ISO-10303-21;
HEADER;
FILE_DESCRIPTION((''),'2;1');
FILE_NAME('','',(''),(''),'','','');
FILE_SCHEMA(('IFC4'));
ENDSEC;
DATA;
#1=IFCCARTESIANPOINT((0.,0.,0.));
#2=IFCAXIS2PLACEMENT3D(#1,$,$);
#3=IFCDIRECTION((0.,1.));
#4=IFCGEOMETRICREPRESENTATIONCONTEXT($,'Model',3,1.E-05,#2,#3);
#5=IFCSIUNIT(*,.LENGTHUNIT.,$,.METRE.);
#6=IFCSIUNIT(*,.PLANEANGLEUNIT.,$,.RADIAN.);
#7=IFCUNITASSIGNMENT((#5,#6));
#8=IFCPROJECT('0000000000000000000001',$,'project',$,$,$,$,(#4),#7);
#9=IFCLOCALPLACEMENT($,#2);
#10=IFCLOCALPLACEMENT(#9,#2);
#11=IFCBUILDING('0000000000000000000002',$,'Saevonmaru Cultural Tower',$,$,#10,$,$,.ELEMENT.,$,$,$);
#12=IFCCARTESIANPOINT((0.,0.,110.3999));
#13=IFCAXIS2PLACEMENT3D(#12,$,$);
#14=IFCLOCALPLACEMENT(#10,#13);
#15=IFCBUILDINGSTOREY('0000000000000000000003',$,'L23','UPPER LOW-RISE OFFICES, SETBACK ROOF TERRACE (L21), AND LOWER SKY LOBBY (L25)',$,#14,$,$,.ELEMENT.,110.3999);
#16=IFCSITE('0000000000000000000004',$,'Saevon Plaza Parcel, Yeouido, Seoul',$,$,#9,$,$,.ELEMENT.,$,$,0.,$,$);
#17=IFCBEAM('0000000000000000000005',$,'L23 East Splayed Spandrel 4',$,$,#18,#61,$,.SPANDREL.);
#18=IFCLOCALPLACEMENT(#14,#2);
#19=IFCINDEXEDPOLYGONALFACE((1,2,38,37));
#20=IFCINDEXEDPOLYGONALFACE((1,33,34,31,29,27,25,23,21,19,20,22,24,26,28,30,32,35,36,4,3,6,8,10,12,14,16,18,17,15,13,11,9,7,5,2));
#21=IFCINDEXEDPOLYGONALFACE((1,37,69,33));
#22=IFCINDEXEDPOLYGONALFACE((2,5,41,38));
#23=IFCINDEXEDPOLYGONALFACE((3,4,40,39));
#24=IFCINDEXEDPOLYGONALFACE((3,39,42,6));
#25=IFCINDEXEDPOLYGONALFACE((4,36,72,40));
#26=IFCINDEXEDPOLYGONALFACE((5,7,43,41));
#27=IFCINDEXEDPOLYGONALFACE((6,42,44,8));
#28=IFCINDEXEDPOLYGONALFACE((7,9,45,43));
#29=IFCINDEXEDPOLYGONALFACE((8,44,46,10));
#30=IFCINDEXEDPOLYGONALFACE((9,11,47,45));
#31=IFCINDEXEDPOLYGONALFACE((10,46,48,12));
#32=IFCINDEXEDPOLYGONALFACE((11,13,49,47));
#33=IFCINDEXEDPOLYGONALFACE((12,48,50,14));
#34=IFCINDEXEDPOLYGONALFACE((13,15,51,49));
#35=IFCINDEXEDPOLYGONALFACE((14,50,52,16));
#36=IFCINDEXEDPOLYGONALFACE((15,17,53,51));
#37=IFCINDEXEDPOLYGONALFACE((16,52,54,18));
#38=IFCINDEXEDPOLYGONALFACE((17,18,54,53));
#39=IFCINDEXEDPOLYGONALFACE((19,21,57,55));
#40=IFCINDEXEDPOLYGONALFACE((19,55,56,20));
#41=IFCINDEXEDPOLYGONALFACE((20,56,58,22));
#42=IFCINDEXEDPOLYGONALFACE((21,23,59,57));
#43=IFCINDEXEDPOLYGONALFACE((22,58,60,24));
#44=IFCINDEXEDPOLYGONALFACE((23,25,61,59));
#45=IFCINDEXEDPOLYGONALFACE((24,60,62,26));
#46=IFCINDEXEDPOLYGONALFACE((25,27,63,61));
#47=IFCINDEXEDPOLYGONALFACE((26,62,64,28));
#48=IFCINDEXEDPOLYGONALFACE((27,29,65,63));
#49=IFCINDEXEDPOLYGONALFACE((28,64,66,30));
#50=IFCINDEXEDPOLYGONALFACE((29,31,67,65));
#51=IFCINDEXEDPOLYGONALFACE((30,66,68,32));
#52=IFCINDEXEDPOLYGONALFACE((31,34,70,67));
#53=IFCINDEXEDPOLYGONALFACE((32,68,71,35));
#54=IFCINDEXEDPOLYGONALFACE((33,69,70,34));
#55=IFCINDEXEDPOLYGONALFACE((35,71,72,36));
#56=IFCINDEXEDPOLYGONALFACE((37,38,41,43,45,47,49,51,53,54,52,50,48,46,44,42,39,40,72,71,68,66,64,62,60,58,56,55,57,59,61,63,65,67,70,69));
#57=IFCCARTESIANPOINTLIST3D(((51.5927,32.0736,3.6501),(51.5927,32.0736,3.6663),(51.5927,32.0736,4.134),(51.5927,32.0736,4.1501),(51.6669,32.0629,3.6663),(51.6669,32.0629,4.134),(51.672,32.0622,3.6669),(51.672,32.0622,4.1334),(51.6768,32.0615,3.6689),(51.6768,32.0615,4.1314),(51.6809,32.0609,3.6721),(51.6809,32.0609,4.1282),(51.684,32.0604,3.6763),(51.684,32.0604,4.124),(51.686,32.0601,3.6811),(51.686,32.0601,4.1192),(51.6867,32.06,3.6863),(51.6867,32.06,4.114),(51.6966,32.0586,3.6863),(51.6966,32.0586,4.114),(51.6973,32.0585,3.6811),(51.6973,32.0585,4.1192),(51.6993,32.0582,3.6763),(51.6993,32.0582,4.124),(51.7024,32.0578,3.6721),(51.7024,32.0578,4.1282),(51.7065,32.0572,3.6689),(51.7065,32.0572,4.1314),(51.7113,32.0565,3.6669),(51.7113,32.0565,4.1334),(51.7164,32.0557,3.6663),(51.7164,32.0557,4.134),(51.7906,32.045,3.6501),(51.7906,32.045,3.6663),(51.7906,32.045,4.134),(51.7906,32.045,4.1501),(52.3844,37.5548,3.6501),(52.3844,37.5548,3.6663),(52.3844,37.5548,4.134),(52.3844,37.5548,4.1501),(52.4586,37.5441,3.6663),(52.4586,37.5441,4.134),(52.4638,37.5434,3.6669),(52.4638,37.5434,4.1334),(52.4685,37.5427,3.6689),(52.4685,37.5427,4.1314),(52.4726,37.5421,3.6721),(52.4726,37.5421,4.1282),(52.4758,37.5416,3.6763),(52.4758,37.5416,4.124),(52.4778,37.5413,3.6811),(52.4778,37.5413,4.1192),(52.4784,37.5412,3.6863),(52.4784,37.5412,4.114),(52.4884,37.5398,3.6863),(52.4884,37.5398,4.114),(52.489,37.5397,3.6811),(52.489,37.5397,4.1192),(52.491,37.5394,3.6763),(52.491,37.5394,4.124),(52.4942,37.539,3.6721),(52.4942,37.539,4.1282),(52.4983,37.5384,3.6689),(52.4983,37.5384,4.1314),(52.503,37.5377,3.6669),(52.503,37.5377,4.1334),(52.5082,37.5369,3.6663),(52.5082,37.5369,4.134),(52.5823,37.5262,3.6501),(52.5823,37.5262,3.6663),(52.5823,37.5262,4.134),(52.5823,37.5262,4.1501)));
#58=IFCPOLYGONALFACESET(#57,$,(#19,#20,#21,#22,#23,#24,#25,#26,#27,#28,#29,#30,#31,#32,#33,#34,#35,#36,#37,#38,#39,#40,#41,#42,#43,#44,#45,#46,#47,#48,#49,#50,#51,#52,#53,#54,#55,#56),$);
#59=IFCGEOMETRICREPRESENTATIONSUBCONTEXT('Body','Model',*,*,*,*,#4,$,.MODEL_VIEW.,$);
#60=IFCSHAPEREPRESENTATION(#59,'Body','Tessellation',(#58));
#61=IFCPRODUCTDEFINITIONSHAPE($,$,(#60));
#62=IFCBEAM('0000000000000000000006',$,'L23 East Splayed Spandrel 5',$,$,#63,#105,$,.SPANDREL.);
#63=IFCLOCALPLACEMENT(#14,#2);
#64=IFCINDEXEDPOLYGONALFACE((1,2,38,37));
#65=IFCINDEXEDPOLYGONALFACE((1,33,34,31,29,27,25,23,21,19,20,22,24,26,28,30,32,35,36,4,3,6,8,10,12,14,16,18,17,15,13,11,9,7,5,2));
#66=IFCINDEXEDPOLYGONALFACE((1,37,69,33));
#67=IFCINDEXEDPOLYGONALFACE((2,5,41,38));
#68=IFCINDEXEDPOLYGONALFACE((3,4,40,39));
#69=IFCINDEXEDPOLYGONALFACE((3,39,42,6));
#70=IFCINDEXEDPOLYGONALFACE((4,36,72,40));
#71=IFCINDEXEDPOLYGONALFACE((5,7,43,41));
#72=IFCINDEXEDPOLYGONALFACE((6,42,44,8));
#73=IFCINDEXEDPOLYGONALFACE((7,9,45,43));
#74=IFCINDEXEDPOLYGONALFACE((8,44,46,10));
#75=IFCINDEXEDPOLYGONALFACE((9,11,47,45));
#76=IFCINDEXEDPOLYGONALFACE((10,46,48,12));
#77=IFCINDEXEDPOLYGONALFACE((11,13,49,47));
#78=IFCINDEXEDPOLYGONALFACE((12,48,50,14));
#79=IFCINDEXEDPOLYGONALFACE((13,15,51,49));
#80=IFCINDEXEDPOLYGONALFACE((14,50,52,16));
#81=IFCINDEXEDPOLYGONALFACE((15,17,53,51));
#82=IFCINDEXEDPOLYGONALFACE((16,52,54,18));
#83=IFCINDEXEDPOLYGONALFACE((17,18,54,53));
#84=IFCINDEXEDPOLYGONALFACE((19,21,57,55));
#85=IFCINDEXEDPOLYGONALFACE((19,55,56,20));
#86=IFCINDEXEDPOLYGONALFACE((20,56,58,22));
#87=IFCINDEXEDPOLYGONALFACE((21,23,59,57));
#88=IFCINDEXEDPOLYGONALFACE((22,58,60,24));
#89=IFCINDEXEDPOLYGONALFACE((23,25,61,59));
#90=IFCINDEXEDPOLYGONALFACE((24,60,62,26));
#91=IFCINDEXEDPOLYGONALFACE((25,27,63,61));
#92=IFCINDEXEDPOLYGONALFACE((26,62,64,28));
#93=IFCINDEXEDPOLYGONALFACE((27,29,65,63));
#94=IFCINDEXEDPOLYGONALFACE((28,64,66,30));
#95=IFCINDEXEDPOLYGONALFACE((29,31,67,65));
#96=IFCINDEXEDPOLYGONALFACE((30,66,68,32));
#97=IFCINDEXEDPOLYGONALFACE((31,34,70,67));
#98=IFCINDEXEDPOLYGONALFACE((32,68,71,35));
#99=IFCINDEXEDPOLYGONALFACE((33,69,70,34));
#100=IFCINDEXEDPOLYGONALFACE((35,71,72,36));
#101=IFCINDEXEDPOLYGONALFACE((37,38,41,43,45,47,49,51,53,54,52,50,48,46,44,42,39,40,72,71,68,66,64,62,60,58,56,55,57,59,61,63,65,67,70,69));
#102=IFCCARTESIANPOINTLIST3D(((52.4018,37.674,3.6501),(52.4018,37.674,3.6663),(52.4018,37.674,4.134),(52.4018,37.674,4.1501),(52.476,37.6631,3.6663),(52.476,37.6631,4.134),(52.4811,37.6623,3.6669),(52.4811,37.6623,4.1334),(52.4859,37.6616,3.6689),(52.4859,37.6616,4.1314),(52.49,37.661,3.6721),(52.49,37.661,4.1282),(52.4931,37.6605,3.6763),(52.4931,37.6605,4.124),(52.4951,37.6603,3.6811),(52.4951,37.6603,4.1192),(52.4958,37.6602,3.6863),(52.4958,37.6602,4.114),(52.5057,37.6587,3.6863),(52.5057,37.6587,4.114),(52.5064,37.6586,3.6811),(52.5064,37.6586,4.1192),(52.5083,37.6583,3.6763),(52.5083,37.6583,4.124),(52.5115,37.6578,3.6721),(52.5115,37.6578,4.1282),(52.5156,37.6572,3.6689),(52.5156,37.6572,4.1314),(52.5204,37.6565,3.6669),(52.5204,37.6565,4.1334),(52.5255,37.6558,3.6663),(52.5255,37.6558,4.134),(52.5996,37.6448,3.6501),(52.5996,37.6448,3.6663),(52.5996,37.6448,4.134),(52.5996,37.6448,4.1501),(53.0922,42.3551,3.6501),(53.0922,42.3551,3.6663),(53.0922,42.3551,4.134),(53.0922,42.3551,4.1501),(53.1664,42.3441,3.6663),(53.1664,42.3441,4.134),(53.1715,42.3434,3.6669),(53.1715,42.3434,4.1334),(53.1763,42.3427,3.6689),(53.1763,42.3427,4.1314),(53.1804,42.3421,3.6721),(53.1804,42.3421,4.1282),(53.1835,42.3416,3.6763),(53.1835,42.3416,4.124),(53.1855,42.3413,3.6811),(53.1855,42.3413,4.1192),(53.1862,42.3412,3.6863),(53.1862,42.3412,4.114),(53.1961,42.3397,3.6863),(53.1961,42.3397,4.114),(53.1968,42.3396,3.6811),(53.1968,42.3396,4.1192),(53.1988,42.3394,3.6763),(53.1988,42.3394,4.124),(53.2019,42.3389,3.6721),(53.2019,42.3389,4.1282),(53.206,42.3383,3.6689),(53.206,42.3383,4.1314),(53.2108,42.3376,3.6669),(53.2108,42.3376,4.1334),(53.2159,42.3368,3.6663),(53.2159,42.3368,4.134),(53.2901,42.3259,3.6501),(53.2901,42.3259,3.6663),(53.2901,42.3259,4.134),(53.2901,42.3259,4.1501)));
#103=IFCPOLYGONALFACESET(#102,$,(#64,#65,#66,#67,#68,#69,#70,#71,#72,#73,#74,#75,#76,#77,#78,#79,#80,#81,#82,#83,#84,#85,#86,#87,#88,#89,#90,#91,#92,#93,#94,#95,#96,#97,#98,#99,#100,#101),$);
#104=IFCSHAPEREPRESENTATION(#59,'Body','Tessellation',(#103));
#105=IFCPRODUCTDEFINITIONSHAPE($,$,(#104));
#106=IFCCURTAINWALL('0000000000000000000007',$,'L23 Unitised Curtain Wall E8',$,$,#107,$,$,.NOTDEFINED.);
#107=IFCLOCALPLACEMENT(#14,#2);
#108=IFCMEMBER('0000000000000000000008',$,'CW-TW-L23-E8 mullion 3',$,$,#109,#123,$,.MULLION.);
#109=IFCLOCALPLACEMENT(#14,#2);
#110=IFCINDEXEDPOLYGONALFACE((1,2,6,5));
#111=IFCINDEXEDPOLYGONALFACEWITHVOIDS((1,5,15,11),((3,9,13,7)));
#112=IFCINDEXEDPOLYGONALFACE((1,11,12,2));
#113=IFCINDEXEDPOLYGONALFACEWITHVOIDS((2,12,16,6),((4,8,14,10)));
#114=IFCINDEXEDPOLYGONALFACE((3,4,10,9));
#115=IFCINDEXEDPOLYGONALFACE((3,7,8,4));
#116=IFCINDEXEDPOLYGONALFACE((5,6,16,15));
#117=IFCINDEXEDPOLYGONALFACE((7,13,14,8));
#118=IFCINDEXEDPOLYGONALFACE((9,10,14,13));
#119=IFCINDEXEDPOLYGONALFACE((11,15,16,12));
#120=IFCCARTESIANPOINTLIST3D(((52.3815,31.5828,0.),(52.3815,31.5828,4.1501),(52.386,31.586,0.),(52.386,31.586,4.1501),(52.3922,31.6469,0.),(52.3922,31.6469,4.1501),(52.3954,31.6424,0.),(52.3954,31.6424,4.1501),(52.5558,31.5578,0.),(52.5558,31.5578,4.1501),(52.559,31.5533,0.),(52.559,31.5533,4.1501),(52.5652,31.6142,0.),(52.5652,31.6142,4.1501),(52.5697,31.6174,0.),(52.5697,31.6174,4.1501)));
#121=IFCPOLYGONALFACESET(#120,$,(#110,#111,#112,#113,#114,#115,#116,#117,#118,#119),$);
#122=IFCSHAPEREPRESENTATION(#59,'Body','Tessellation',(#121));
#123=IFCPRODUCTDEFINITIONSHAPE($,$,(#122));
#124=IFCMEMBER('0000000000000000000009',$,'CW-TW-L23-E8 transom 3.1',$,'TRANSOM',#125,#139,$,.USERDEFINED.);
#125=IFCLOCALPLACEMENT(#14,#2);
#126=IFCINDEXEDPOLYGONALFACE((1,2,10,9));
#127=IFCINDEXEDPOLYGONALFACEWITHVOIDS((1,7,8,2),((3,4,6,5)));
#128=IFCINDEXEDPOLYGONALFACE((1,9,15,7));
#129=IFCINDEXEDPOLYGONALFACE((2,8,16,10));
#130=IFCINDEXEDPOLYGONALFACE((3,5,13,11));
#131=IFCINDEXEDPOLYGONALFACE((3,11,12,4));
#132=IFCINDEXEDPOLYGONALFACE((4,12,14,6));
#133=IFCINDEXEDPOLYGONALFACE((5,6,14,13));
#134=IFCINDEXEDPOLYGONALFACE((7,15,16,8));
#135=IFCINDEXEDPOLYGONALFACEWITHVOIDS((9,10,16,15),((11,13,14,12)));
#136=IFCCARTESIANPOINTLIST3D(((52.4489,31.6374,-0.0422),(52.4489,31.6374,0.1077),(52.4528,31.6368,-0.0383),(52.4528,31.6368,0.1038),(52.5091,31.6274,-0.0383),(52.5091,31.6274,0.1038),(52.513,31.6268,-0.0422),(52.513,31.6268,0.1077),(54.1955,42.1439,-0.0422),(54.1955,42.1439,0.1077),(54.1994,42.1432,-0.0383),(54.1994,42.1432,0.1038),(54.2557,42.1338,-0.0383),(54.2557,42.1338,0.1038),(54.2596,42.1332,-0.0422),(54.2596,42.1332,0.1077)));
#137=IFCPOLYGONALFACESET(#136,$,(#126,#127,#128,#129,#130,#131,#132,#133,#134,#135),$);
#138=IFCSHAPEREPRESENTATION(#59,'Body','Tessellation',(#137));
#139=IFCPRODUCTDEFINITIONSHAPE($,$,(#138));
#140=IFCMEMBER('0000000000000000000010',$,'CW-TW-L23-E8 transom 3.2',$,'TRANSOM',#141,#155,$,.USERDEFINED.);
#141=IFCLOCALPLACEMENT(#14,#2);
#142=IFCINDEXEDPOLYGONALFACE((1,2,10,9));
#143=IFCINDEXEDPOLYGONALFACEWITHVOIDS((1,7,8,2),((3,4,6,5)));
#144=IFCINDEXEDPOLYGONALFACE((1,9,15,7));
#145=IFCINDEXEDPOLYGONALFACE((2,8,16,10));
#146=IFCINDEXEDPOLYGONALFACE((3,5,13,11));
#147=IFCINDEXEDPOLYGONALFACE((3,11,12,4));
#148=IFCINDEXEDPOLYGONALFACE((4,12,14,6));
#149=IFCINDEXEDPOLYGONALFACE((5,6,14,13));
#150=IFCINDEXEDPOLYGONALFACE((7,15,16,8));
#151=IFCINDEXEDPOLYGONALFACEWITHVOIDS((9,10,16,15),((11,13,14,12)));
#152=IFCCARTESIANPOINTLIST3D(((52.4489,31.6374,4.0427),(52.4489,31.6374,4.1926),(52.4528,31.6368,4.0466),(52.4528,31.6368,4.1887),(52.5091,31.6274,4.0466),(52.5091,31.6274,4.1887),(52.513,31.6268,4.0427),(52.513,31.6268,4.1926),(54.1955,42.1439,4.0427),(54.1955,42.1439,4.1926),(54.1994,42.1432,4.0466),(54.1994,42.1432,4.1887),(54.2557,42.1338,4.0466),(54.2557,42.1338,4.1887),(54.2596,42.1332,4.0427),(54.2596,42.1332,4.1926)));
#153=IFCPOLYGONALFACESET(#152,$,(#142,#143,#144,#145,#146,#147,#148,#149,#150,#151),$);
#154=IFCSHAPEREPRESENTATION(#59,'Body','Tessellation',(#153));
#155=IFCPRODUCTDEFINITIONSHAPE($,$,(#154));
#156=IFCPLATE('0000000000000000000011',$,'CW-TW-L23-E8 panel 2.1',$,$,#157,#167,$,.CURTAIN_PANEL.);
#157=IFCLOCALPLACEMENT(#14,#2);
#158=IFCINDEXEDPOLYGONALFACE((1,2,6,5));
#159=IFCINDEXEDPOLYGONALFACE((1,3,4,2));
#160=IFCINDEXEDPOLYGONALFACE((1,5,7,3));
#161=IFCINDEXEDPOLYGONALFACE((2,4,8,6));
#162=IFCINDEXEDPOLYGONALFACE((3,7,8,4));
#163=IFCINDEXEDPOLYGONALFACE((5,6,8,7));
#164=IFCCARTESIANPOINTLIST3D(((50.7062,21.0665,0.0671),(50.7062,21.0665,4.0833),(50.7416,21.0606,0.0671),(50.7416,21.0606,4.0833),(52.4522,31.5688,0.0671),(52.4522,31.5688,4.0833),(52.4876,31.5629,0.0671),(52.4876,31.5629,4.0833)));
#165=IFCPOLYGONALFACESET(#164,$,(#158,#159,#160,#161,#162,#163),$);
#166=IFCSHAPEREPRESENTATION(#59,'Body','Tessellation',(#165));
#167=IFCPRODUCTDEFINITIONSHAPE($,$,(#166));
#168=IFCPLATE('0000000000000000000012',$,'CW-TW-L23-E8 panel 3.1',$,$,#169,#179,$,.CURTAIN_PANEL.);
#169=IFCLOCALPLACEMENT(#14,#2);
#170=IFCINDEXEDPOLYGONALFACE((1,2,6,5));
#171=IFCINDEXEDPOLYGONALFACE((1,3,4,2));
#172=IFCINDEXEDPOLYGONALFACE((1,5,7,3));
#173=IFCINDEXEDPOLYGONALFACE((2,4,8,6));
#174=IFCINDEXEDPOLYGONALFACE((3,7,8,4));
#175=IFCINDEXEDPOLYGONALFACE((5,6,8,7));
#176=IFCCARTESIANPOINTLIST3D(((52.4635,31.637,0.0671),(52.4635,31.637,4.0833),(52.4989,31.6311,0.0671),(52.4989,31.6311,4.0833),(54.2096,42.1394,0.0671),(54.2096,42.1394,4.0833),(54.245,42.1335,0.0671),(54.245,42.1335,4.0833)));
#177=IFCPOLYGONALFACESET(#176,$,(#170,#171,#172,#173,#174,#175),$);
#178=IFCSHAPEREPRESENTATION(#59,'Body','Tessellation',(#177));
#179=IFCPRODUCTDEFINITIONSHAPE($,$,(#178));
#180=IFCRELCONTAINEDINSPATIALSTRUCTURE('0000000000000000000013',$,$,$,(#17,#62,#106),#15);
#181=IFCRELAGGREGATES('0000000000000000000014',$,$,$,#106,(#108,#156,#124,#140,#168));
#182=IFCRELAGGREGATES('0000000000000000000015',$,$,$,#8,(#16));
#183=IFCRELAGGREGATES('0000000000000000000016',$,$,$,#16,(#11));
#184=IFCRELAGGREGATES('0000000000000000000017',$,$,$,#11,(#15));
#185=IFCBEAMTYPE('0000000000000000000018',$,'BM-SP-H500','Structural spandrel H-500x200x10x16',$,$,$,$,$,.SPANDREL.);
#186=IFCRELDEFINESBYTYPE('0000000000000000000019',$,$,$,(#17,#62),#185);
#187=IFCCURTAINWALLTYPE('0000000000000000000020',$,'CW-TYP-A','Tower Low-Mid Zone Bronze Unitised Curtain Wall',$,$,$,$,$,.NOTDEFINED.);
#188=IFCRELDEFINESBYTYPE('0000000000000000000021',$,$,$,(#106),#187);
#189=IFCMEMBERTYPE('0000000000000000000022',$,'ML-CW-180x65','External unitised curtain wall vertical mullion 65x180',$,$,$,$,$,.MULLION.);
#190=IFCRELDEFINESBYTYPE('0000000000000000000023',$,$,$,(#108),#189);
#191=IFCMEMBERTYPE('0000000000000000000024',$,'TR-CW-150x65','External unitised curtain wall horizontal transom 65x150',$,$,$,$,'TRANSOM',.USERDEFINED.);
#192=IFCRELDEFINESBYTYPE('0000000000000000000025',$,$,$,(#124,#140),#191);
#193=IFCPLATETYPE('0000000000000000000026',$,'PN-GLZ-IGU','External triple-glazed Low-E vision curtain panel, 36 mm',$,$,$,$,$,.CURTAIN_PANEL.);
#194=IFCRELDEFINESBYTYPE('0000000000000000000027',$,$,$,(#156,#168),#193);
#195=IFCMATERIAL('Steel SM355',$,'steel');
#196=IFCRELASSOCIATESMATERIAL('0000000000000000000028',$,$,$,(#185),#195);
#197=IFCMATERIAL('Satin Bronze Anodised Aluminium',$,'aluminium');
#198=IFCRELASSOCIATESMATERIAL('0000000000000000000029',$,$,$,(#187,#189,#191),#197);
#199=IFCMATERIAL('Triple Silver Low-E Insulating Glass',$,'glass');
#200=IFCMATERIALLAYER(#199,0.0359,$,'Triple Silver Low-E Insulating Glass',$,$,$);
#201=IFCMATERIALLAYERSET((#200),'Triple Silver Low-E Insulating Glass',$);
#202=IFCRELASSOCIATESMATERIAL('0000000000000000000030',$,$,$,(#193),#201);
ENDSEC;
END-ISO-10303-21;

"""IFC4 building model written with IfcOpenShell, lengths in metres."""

from ifc_helpers import new_model, si_unit, direction, frame, origin, origin_2d, place, context, subcontext, project, spatial, rectangle, hollow_rectangle, i_section, extrude, material, layer, layer_set, material_profile, profile_set, type_object, element, aggregate, save


model = new_model("IFC4")

# Units and contexts
model_context = context("Model", 3, precision=1e-05, world=origin(), true_north=direction((0.0, 1.0)))
body_context = subcontext(model_context, "Body", "Model", "MODEL_VIEW")
ifc_project = project(units=[si_unit("LENGTHUNIT", "METRE"), si_unit("PLANEANGLEUNIT", "RADIAN")], contexts=[model_context])

# Site, building, storey
site_placement = place(None, origin())
site = spatial("IfcSite", under=ifc_project, at=site_placement, Name="Saevon Plaza Parcel, Yeouido, Seoul", CompositionType="ELEMENT", RefElevation=0.0)
building_placement = place(site_placement, origin())
building = spatial("IfcBuilding", under=site, at=building_placement, Name="Saevonmaru Cultural Tower", CompositionType="ELEMENT")
storey_placement = place(building_placement, frame((0.0, 0.0, 110.3999)))
storey = spatial("IfcBuildingStorey", under=building, at=storey_placement, Name="L23", Description="UPPER LOW-RISE OFFICES, SETBACK ROOF TERRACE (L21), AND LOWER SKY LOBBY (L25)", CompositionType="ELEMENT", Elevation=110.3999)

# Shared definitions
ifc_material_1 = material(Name="Steel SM355", Category="steel")

# Beams
ifc_material_profile_1 = material_profile(ifc_material_1, i_section(OverallWidth=0.2, OverallDepth=0.5, WebThickness=0.01, FlangeThickness=0.0161, FilletRadius=0.02, at=origin_2d()), Name="H-500x200x10x16")
ifc_profile_set_1 = profile_set([ifc_material_profile_1], Name="Steel SM355")
beam_type_1 = type_object("IfcBeamType", Name="BM-SP-H500", Description="Structural spandrel H-500x200x10x16", PredefinedType="SPANDREL", material=ifc_profile_set_1)
beam_1_placement = place(storey_placement, frame((51.6917, 32.0593, 3.9001), z_axis=(0.142964, 0.989728, 0.0), x_axis=(-0.989728, 0.142964, 0.0)))
element("IfcBeam", 1, at=beam_1_placement, inside=storey, type_object=beam_type_1, Name="L23 East Splayed Spandrel 4", PredefinedType="SPANDREL", context=body_context, shape_type="SweptSolid", body=[
    extrude(i_section(OverallWidth=0.2, OverallDepth=0.5, WebThickness=0.01, FlangeThickness=0.0161, FilletRadius=0.02, at=origin_2d()), origin(), (0.0, 0.0, 1.0), 5.5381),
])
beam_2_placement = place(storey_placement, frame((52.5007, 37.6594, 3.9001), z_axis=(0.145913, 0.989297, 0.0), x_axis=(-0.989297, 0.145913, 0.0)))
element("IfcBeam", 2, at=beam_2_placement, inside=storey, type_object=beam_type_1, Name="L23 East Splayed Spandrel 5", PredefinedType="SPANDREL", context=body_context, shape_type="SweptSolid", body=[
    extrude(i_section(OverallWidth=0.2, OverallDepth=0.5, WebThickness=0.01, FlangeThickness=0.0161, FilletRadius=0.02, at=origin_2d()), origin(), (0.0, 0.0, 1.0), 4.7317),
])

# Curtain wall, members, plates
ifc_material_2 = material(Name="Satin Bronze Anodised Aluminium", Category="aluminium")
curtain_wall_type = type_object("IfcCurtainWallType", Name="CW-TYP-A", Description="Tower Low-Mid Zone Bronze Unitised Curtain Wall", PredefinedType="NOTDEFINED", material=ifc_material_2)
curtain_wall_placement = place(storey_placement, origin())
curtain_wall = element("IfcCurtainWall", 3, at=curtain_wall_placement, inside=storey, type_object=curtain_wall_type, Name="L23 Unitised Curtain Wall E8", PredefinedType="NOTDEFINED")
ifc_material_profile_2 = material_profile(ifc_material_2, hollow_rectangle(XDim=0.0649, YDim=0.1799, WallThickness=0.0039, at=origin_2d()), Name="ALU-MULL-180x65x4")
ifc_profile_set_2 = profile_set([ifc_material_profile_2], Name="Satin Bronze Anodised Aluminium")
member_type_1 = type_object("IfcMemberType", Name="ML-CW-180x65", Description="External unitised curtain wall vertical mullion 65x180", PredefinedType="MULLION", material=ifc_profile_set_2)
member_1_placement = place(storey_placement, frame((52.4756, 31.6001, 0.0), z_axis=(0.0, 0.0, 1.0), x_axis=(0.163999, 0.986461, 0.0)))
member_1 = element("IfcMember", 4, at=member_1_placement, type_object=member_type_1, Name="CW-TW-L23-E8 mullion 3", PredefinedType="MULLION", context=body_context, shape_type="SweptSolid", body=[
    extrude(hollow_rectangle(XDim=0.0649, YDim=0.1799, WallThickness=0.0039, at=origin_2d()), origin(), (0.0, 0.0, 1.0), 4.1501),
])
ifc_material_profile_3 = material_profile(ifc_material_2, hollow_rectangle(XDim=0.0649, YDim=0.1499, WallThickness=0.0039, at=origin_2d()), Name="ALU-TRAN-150x65x4")
ifc_profile_set_3 = profile_set([ifc_material_profile_3], Name="Satin Bronze Anodised Aluminium")
member_type_2 = type_object("IfcMemberType", Name="TR-CW-150x65", Description="External unitised curtain wall horizontal transom 65x150", ElementType="TRANSOM", PredefinedType="USERDEFINED", material=ifc_profile_set_3)
member_2_placement = place(storey_placement, frame((52.481, 31.6321, 0.0327), z_axis=(0.16399, 0.986462, 0.0), x_axis=(-0.986462, 0.16399, 0.0)))
member_2 = element("IfcMember", 5, at=member_2_placement, type_object=member_type_2, Name="CW-TW-L23-E8 transom 3.1", ObjectType="TRANSOM", PredefinedType="USERDEFINED", context=body_context, shape_type="SweptSolid", body=[
    extrude(hollow_rectangle(XDim=0.0649, YDim=0.1499, WallThickness=0.0039, at=origin_2d()), origin(), (0.0, 0.0, 1.0), 10.6506),
])
member_3_placement = place(storey_placement, frame((52.481, 31.6321, 4.1177), z_axis=(0.16399, 0.986462, 0.0), x_axis=(-0.986462, 0.16399, 0.0)))
member_3 = element("IfcMember", 6, at=member_3_placement, type_object=member_type_2, Name="CW-TW-L23-E8 transom 3.2", ObjectType="TRANSOM", PredefinedType="USERDEFINED", context=body_context, shape_type="SweptSolid", body=[
    extrude(hollow_rectangle(XDim=0.0649, YDim=0.1499, WallThickness=0.0039, at=origin_2d()), origin(), (0.0, 0.0, 1.0), 10.6506),
])
ifc_material_3 = material(Name="Triple Silver Low-E Insulating Glass", Category="glass")
ifc_layer_1 = layer(ifc_material_3, 0.0359, Name="Triple Silver Low-E Insulating Glass")
ifc_layer_set_1 = layer_set([ifc_layer_1], Name="Triple Silver Low-E Insulating Glass")
plate_type = type_object("IfcPlateType", Name="PN-GLZ-IGU", Description="External triple-glazed Low-E vision curtain panel, 36 mm", PredefinedType="CURTAIN_PANEL", material=ifc_layer_set_1)
plate_1_placement = place(storey_placement, frame((51.5969, 26.3147, 0.0671), z_axis=(0.0, 0.0, 1.0), x_axis=(0.163999, 0.986461, 0.0)))
plate_1 = element("IfcPlate", 7, at=plate_1_placement, type_object=plate_type, Name="CW-TW-L23-E8 panel 2.1", PredefinedType="CURTAIN_PANEL", context=body_context, shape_type="SweptSolid", body=[
    extrude(rectangle(XDim=10.6465, YDim=0.0359, at=origin_2d()), origin(), (0.0, 0.0, 1.0), 4.0161),
])
plate_2_placement = place(storey_placement, frame((53.3542, 36.8853, 0.0671), z_axis=(0.0, 0.0, 1.0), x_axis=(0.163999, 0.986461, 0.0)))
plate_2 = element("IfcPlate", 8, at=plate_2_placement, type_object=plate_type, Name="CW-TW-L23-E8 panel 3.1", PredefinedType="CURTAIN_PANEL", context=body_context, shape_type="SweptSolid", body=[
    extrude(rectangle(XDim=10.6465, YDim=0.0359, at=origin_2d()), origin(), (0.0, 0.0, 1.0), 4.0161),
])
aggregate(curtain_wall, [member_1, plate_1, member_2, member_3, plate_2])

save(model, "model.ifc")
